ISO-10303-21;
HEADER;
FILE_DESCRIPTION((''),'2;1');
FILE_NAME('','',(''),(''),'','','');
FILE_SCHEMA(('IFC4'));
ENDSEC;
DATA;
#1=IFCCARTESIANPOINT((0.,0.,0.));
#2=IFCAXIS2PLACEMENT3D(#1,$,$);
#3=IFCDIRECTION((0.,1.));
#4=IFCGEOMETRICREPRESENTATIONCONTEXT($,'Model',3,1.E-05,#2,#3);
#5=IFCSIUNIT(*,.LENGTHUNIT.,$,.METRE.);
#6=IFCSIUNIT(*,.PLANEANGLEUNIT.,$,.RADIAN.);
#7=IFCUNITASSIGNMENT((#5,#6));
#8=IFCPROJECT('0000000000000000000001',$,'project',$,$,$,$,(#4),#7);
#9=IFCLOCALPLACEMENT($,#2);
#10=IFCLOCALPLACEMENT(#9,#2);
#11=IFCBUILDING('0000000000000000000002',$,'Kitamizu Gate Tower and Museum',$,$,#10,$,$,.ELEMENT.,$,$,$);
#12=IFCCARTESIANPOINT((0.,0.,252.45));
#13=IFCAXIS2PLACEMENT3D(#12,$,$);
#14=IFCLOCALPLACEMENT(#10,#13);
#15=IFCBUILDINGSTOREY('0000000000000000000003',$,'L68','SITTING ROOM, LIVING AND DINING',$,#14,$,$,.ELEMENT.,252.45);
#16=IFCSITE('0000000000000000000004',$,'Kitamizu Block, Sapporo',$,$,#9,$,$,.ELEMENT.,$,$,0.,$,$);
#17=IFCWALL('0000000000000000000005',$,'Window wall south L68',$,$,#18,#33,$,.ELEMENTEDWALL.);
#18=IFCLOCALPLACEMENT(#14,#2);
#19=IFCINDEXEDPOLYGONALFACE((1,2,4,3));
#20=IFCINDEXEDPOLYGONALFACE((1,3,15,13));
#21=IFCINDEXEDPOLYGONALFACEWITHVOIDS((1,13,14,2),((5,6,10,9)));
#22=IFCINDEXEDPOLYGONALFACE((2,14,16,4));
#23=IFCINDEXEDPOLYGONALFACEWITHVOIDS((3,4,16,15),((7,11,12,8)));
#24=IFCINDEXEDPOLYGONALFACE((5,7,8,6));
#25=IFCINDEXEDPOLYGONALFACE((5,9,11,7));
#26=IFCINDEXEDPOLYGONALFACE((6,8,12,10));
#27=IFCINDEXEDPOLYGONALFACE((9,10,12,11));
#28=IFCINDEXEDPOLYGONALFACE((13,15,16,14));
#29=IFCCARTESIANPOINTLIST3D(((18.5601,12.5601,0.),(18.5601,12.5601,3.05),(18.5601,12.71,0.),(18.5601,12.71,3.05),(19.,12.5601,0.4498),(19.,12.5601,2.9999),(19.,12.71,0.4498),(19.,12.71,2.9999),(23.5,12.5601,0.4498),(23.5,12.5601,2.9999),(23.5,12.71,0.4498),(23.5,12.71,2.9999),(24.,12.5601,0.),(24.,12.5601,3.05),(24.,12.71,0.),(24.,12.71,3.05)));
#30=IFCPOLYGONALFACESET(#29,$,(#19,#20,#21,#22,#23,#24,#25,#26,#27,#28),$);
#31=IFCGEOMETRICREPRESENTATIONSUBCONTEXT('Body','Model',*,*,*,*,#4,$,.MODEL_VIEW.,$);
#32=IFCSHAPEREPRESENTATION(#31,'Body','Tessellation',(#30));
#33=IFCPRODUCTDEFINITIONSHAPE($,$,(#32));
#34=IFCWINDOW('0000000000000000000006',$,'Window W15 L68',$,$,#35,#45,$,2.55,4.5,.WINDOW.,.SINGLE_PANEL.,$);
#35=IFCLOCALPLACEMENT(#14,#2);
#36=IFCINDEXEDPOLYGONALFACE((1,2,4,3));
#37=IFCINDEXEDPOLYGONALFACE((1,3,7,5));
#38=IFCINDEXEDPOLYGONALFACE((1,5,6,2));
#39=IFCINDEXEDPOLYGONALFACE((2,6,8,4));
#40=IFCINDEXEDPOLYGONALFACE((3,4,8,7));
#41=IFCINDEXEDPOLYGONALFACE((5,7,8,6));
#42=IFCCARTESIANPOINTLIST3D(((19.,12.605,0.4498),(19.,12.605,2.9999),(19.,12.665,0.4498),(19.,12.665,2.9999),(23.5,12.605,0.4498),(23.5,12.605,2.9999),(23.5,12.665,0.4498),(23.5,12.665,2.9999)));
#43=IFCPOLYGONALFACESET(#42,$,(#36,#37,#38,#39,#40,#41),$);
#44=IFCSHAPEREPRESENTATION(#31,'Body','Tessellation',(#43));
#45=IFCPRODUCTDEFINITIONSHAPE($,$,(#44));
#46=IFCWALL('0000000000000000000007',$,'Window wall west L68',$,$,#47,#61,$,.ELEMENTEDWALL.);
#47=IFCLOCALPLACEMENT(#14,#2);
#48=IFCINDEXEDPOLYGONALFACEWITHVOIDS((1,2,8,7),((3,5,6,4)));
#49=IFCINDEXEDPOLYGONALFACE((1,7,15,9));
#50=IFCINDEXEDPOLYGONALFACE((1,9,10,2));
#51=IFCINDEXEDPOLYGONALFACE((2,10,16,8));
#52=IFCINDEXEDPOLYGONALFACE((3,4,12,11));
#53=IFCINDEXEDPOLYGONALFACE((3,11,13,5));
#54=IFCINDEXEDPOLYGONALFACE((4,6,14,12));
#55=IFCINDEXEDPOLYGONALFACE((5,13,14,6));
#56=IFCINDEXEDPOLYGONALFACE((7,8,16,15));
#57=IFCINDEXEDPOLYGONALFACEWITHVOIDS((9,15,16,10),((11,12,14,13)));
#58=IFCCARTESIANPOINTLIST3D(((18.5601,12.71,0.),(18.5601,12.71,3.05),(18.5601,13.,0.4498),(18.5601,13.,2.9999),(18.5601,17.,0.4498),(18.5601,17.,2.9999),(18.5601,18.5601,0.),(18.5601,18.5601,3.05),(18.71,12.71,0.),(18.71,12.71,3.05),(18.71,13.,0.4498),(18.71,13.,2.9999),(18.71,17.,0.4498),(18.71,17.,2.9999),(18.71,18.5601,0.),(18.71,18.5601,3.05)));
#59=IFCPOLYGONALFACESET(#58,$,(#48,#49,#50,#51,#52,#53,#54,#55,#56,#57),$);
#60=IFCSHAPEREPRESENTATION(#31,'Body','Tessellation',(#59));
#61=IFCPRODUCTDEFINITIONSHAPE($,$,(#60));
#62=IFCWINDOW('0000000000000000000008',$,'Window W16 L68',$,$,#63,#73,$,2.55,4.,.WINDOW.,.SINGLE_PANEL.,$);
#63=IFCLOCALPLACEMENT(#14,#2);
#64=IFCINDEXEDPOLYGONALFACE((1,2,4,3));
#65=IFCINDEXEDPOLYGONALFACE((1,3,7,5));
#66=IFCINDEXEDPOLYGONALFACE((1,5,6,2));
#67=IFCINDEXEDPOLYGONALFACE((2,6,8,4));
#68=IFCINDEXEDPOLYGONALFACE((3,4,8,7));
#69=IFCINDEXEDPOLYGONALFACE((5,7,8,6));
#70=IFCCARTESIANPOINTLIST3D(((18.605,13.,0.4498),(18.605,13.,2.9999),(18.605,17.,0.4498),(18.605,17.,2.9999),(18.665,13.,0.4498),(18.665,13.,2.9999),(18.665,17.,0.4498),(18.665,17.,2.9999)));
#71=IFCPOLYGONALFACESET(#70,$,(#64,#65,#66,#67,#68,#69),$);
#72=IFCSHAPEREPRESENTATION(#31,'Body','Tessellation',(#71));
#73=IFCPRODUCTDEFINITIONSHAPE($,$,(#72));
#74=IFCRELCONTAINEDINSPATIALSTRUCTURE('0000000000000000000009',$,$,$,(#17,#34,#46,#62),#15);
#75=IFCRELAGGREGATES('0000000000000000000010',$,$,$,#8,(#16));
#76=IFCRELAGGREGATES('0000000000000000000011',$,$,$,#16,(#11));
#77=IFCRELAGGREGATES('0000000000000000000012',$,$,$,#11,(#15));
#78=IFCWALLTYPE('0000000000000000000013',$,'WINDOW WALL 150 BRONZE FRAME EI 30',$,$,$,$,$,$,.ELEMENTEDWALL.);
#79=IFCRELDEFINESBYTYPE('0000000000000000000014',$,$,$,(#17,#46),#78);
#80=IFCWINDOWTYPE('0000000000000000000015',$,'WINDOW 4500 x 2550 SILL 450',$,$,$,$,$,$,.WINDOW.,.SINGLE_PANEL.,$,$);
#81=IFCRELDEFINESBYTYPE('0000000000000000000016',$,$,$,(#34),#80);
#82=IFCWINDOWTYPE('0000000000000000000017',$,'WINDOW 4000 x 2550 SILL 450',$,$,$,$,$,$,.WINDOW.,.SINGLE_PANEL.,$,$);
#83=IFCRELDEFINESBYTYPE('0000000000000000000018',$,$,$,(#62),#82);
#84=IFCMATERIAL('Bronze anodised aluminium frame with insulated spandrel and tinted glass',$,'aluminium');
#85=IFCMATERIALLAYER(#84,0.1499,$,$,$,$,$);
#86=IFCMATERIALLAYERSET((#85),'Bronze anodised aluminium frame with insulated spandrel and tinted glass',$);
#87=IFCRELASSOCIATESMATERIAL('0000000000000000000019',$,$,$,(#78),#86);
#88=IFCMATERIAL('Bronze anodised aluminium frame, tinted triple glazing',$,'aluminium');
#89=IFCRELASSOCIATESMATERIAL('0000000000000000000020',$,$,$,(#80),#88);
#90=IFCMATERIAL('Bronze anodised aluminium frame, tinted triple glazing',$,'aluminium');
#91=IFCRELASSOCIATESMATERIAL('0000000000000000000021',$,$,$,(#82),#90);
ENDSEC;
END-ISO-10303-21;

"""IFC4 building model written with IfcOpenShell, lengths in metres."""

from ifc_helpers import new_model, si_unit, direction, frame, frame_2d, origin, place, context, subcontext, project, spatial, rectangle, extrude, material, layer, layer_set, type_object, element, fill, save


model = new_model("IFC4")

# Units and contexts
model_context = context("Model", 3, precision=1e-05, world=origin(), true_north=direction((0.0, 1.0)))
body_context = subcontext(model_context, "Body", "Model", "MODEL_VIEW")
ifc_project = project(units=[si_unit("LENGTHUNIT", "METRE"), si_unit("PLANEANGLEUNIT", "RADIAN")], contexts=[model_context])

# Site, building, storey
site_placement = place(None, origin())
site = spatial("IfcSite", under=ifc_project, at=site_placement, Name="Kitamizu Block, Sapporo", CompositionType="ELEMENT", RefElevation=0.0)
building_placement = place(site_placement, origin())
building = spatial("IfcBuilding", under=site, at=building_placement, Name="Kitamizu Gate Tower and Museum", CompositionType="ELEMENT")
storey_placement = place(building_placement, frame((0.0, 0.0, 252.45)))
storey = spatial("IfcBuildingStorey", under=building, at=storey_placement, Name="L68", Description="SITTING ROOM, LIVING AND DINING", CompositionType="ELEMENT", Elevation=252.45)

# Walls, openings, windows
ifc_material_1 = material(Name="Bronze anodised aluminium frame with insulated spandrel and tinted glass", Category="aluminium")
ifc_layer_1 = layer(ifc_material_1, 0.1499)
ifc_layer_set_1 = layer_set([ifc_layer_1], Name="Bronze anodised aluminium frame with insulated spandrel and tinted glass")
wall_type_1 = type_object("IfcWallType", Name="WINDOW WALL 150 BRONZE FRAME EI 30", PredefinedType="ELEMENTEDWALL", material=ifc_layer_set_1)
wall_1_placement = place(storey_placement, frame((18.5601, 12.635, 0.0), z_axis=(0.0, 0.0, 1.0), x_axis=(1.0, 0.0, 0.0)))
wall_1 = element("IfcWall", 1, at=wall_1_placement, inside=storey, type_object=wall_type_1, Name="Window wall south L68", PredefinedType="ELEMENTEDWALL", context=body_context, shape_type="SweptSolid", body=[
    extrude(rectangle(XDim=5.4399, YDim=0.1499, at=frame_2d((2.72, 0.0))), origin(), (0.0, 0.0, 1.0), 3.05),
])
opening_1_placement = place(wall_1_placement, frame((0.4399, 0.0, 0.45)))
opening_1 = element("IfcOpeningElement", 2, at=opening_1_placement, cuts=wall_1, PredefinedType="OPENING", context=body_context, shape_type="SweptSolid", body=[
    extrude(rectangle(XDim=4.5, YDim=2.55, at=frame_2d((2.25, 1.2749))), frame((0.0, 0.085, 0.0), z_axis=(0.0, -1.0, 0.0), x_axis=(1.0, 0.0, 0.0)), (0.0, 0.0, 1.0), 0.1699),
])
ifc_material_2 = material(Name="Bronze anodised aluminium frame, tinted triple glazing", Category="aluminium")
window_type_1 = type_object("IfcWindowType", Name="WINDOW 4500 x 2550 SILL 450", PartitioningType="SINGLE_PANEL", PredefinedType="WINDOW", material=ifc_material_2)
window_1_placement = place(opening_1_placement, origin())
window_1 = element("IfcWindow", 3, at=window_1_placement, inside=storey, type_object=window_type_1, Name="Window W15 L68", OverallHeight=2.55, OverallWidth=4.5, PartitioningType="SINGLE_PANEL", PredefinedType="WINDOW", context=body_context, shape_type="SweptSolid", body=[
    extrude(rectangle(XDim=4.5, YDim=2.55, at=frame_2d((2.25, 1.2749))), frame((0.0, 0.03, 0.0), z_axis=(0.0, -1.0, 0.0), x_axis=(1.0, 0.0, 0.0)), (0.0, 0.0, 1.0), 0.0601),
])
fill(opening_1, window_1)
wall_2_placement = place(storey_placement, frame((18.635, 12.71, 0.0), z_axis=(0.0, 0.0, 1.0), x_axis=(0.0, 1.0, 0.0)))
wall_2 = element("IfcWall", 4, at=wall_2_placement, inside=storey, type_object=wall_type_1, Name="Window wall west L68", PredefinedType="ELEMENTEDWALL", context=body_context, shape_type="SweptSolid", body=[
    extrude(rectangle(XDim=5.8501, YDim=0.1499, at=frame_2d((2.925, 0.0))), origin(), (0.0, 0.0, 1.0), 3.05),
])
opening_2_placement = place(wall_2_placement, frame((0.29, 0.0, 0.45)))
opening_2 = element("IfcOpeningElement", 5, at=opening_2_placement, cuts=wall_2, PredefinedType="OPENING", context=body_context, shape_type="SweptSolid", body=[
    extrude(rectangle(XDim=4.0, YDim=2.55, at=frame_2d((2.0, 1.2749))), frame((0.0, 0.085, 0.0), z_axis=(0.0, -1.0, 0.0), x_axis=(1.0, 0.0, 0.0)), (0.0, 0.0, 1.0), 0.1699),
])
ifc_material_3 = material(Name="Bronze anodised aluminium frame, tinted triple glazing", Category="aluminium")
window_type_2 = type_object("IfcWindowType", Name="WINDOW 4000 x 2550 SILL 450", PartitioningType="SINGLE_PANEL", PredefinedType="WINDOW", material=ifc_material_3)
window_2_placement = place(opening_2_placement, origin())
window_2 = element("IfcWindow", 6, at=window_2_placement, inside=storey, type_object=window_type_2, Name="Window W16 L68", OverallHeight=2.55, OverallWidth=4.0, PartitioningType="SINGLE_PANEL", PredefinedType="WINDOW", context=body_context, shape_type="SweptSolid", body=[
    extrude(rectangle(XDim=4.0, YDim=2.55, at=frame_2d((2.0, 1.2749))), frame((0.0, 0.03, 0.0), z_axis=(0.0, -1.0, 0.0), x_axis=(1.0, 0.0, 0.0)), (0.0, 0.0, 1.0), 0.0601),
])
fill(opening_2, window_2)

save(model, "model.ifc")
